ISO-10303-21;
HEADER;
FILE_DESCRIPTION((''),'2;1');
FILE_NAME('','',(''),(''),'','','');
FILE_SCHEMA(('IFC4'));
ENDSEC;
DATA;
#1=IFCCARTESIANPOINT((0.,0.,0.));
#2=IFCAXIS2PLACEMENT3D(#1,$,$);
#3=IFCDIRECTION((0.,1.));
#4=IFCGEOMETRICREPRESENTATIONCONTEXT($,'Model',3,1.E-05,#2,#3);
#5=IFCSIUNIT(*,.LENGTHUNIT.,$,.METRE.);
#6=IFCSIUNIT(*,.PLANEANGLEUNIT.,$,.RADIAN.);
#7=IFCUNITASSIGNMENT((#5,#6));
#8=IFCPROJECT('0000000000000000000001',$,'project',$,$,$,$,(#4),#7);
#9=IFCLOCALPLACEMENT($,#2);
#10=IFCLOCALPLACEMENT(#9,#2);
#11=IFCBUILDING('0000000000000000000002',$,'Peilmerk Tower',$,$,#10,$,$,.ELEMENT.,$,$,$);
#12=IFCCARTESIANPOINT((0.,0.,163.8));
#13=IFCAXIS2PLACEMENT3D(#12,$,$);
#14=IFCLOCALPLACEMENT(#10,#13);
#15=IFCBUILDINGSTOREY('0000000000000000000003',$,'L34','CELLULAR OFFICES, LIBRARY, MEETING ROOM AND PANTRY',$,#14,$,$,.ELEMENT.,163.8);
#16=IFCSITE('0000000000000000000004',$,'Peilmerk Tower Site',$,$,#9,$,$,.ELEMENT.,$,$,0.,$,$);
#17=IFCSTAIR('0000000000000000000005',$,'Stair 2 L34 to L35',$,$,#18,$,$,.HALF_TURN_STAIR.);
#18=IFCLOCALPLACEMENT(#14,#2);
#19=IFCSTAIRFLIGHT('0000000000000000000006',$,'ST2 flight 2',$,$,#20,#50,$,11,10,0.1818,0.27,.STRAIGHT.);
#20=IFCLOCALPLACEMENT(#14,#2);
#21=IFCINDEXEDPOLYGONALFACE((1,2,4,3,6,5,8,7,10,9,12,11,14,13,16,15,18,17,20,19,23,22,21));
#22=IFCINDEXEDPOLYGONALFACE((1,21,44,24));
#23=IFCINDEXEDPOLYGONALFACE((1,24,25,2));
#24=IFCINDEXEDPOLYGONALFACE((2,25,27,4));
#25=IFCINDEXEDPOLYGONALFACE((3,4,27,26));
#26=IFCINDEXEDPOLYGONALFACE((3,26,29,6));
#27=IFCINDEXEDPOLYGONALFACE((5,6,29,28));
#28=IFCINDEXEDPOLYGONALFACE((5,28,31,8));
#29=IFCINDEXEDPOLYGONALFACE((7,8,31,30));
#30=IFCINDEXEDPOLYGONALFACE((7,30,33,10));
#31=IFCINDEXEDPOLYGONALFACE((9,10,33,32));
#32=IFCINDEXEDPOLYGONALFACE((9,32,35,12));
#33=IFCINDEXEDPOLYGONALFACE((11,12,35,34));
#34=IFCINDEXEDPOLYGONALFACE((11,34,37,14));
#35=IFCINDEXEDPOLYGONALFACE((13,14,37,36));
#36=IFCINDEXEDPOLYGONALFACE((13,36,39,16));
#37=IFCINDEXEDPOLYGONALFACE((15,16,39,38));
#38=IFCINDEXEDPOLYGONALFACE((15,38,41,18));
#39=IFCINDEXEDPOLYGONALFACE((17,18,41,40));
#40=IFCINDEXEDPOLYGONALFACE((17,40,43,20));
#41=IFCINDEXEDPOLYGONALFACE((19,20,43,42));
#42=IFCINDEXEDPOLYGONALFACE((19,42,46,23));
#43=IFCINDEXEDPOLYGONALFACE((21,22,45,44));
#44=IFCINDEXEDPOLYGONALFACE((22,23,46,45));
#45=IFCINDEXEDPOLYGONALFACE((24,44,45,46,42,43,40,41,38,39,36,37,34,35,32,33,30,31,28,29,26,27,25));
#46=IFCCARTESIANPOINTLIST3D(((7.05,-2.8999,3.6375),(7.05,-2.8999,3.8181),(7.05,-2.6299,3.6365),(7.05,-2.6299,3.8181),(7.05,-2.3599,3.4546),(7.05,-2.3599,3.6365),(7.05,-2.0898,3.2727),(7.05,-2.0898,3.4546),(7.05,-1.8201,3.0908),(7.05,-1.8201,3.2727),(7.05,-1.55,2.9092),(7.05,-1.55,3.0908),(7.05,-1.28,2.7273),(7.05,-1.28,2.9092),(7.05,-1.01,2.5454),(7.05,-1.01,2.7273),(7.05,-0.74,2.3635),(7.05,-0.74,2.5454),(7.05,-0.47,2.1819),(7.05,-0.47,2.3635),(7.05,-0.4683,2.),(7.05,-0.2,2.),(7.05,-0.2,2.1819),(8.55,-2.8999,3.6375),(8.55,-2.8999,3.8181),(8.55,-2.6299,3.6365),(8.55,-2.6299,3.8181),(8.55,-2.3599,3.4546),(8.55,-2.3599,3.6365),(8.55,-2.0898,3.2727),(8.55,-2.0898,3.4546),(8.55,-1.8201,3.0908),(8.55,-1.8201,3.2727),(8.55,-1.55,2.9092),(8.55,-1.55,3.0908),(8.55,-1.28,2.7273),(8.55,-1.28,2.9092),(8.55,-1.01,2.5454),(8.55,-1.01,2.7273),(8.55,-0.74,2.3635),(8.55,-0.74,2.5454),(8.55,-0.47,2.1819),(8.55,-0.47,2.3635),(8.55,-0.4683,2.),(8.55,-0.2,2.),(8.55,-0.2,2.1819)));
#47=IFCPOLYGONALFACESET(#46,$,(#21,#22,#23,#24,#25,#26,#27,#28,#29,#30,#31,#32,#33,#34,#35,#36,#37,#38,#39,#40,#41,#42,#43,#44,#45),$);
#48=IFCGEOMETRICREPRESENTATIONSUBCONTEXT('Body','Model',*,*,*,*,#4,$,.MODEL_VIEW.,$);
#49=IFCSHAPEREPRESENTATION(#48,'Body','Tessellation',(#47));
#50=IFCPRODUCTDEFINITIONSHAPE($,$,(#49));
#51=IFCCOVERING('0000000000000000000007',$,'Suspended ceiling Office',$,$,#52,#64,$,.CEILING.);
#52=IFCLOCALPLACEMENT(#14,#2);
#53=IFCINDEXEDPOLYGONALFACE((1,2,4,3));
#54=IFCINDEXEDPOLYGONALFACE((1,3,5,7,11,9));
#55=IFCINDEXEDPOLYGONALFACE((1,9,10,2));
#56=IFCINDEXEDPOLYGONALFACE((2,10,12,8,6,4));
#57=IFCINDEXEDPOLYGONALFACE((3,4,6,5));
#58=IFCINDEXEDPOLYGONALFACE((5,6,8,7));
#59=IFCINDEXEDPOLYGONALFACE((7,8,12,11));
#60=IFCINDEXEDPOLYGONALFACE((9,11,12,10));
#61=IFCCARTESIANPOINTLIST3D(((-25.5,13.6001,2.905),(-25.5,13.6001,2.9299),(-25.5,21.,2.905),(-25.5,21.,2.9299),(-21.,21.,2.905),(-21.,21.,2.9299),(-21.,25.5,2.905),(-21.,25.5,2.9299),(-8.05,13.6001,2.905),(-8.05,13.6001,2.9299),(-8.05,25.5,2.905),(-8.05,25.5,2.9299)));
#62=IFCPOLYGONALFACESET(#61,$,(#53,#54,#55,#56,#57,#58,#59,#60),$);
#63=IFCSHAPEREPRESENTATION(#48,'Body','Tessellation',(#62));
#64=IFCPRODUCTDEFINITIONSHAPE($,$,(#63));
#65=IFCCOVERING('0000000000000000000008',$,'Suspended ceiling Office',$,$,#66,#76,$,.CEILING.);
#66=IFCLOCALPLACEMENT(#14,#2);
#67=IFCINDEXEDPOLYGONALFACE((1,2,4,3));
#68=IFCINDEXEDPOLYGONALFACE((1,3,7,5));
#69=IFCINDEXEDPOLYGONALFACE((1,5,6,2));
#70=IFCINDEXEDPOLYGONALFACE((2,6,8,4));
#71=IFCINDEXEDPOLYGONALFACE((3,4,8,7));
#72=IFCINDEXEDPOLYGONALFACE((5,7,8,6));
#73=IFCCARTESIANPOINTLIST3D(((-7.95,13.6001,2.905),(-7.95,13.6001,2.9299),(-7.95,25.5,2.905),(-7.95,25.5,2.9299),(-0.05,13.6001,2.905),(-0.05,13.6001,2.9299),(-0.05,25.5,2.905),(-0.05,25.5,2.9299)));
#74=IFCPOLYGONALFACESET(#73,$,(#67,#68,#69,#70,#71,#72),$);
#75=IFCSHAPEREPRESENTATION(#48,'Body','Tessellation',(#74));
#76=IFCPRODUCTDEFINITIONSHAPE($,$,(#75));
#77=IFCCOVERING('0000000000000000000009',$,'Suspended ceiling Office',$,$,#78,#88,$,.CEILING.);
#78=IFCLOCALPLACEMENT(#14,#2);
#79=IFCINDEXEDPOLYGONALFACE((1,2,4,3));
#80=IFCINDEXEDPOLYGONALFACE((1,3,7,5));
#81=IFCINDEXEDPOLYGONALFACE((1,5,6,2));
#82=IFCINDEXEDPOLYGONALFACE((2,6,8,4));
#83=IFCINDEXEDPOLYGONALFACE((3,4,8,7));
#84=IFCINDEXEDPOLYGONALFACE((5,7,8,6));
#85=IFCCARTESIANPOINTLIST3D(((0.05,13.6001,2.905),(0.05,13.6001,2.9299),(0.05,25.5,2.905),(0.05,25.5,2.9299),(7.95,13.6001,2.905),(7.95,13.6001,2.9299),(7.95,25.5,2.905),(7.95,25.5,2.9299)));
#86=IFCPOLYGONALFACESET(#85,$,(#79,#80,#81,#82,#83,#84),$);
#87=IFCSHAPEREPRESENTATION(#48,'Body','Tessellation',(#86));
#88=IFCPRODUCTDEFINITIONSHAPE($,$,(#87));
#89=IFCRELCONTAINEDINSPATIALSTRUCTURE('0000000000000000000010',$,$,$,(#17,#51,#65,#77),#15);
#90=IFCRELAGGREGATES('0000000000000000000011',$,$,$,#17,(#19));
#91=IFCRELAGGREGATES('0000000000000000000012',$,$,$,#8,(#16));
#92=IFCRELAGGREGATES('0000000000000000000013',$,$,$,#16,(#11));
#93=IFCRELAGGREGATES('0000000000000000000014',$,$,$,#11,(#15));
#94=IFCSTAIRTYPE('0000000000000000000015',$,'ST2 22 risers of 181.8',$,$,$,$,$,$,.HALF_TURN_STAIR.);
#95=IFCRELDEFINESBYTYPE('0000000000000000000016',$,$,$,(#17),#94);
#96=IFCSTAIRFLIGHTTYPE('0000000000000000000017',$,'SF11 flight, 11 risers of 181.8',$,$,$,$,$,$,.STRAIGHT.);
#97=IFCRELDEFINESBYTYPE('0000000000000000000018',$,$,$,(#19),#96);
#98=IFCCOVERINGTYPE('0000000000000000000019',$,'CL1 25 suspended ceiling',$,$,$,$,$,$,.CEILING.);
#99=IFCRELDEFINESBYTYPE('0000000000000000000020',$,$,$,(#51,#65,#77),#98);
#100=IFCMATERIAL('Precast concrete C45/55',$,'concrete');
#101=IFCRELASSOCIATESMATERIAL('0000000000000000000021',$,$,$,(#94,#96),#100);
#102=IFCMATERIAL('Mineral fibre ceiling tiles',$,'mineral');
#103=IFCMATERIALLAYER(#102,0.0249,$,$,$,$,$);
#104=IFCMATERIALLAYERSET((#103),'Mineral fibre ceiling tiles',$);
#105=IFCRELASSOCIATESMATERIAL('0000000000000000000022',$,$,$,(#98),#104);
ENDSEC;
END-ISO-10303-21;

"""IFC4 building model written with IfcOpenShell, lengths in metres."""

from ifc_helpers import new_model, si_unit, direction, frame, origin, place, context, subcontext, project, spatial, polyline, outline, extrude, material, layer, layer_set, type_object, element, aggregate, save


model = new_model("IFC4")

# Units and contexts
model_context = context("Model", 3, precision=1e-05, world=origin(), true_north=direction((0.0, 1.0)))
body_context = subcontext(model_context, "Body", "Model", "MODEL_VIEW")
ifc_project = project(units=[si_unit("LENGTHUNIT", "METRE"), si_unit("PLANEANGLEUNIT", "RADIAN")], contexts=[model_context])

# Site, building, storey
site_placement = place(None, origin())
site = spatial("IfcSite", under=ifc_project, at=site_placement, Name="Peilmerk Tower Site", CompositionType="ELEMENT", RefElevation=0.0)
building_placement = place(site_placement, origin())
building = spatial("IfcBuilding", under=site, at=building_placement, Name="Peilmerk Tower", CompositionType="ELEMENT")
storey_placement = place(building_placement, frame((0.0, 0.0, 163.8)))
storey = spatial("IfcBuildingStorey", under=building, at=storey_placement, Name="L34", Description="CELLULAR OFFICES, LIBRARY, MEETING ROOM AND PANTRY", CompositionType="ELEMENT", Elevation=163.8)

# Stair
ifc_material_1 = material(Name="Precast concrete C45/55", Category="concrete")
stair_type_1 = type_object("IfcStairType", Name="ST2 22 risers of 181.8", PredefinedType="HALF_TURN_STAIR", material=ifc_material_1)
stair_1_placement = place(storey_placement, origin())
stair_1 = element("IfcStair", 1, at=stair_1_placement, inside=storey, type_object=stair_type_1, Name="Stair 2 L34 to L35", PredefinedType="HALF_TURN_STAIR")

# Stair flight
stair_flight_type = type_object("IfcStairFlightType", Name="SF11 flight, 11 risers of 181.8", PredefinedType="STRAIGHT", material=ifc_material_1)
stair_flight_1_placement = place(storey_placement, frame((7.8, -0.2, 2.0), z_axis=(0.0, 0.0, 1.0), x_axis=(0.0, -1.0, 0.0)))
stair_flight_1 = element("IfcStairFlight", 2, at=stair_flight_1_placement, type_object=stair_flight_type, Name="ST2 flight 2", NumberOfRisers=11, NumberOfTreads=10, PredefinedType="STRAIGHT", RiserHeight=0.1818, TreadLength=0.27, context=body_context, shape_type="SweptSolid", body=[
    extrude(outline(polyline([(0.0, 0.0), (0.0, 0.1819), (0.27, 0.1819), (0.27, 0.3635), (0.54, 0.3635), (0.54, 0.5454), (0.8101, 0.5454), (0.8101, 0.7273), (1.0801, 0.7273), (1.0801, 0.9092), (1.3501, 0.9092), (1.3501, 1.0908), (1.6201, 1.0908), (1.6201, 1.2727), (1.8899, 1.2727), (1.8899, 1.4546), (2.1599, 1.4546), (2.1599, 1.6365), (2.4299, 1.6365), (2.4299, 1.8181), (2.7, 1.8181), (2.7, 2.0), (2.7, 1.6375), (0.2683, 0.0), (0.0, 0.0)])), frame((0.0, 0.75, 0.0), z_axis=(0.0, -1.0, 0.0), x_axis=(1.0, 0.0, 0.0)), (0.0, 0.0, 1.0), 1.5),
])
aggregate(stair_1, [stair_flight_1])

# Coverings
ifc_material_2 = material(Name="Mineral fibre ceiling tiles", Category="mineral")
ifc_layer_1 = layer(ifc_material_2, 0.0249)
ifc_layer_set_1 = layer_set([ifc_layer_1], Name="Mineral fibre ceiling tiles")
covering_type = type_object("IfcCoveringType", Name="CL1 25 suspended ceiling", PredefinedType="CEILING", material=ifc_layer_set_1)
covering_1_placement = place(storey_placement, frame((0.0, 0.0, 2.905)))
element("IfcCovering", 3, at=covering_1_placement, inside=storey, type_object=covering_type, Name="Suspended ceiling Office", PredefinedType="CEILING", context=body_context, shape_type="SweptSolid", body=[
    extrude(outline(polyline([(-25.5, 21.0), (-25.5, 13.6001), (-8.05, 13.6001), (-8.05, 25.5), (-21.0, 25.5), (-21.0, 21.0), (-25.5, 21.0)])), origin(), (0.0, 0.0, 1.0), 0.0249),
])
covering_2_placement = place(storey_placement, frame((0.0, 0.0, 2.905)))
element("IfcCovering", 4, at=covering_2_placement, inside=storey, type_object=covering_type, Name="Suspended ceiling Office", PredefinedType="CEILING", context=body_context, shape_type="SweptSolid", body=[
    extrude(outline(polyline([(-0.05, 25.5), (-7.95, 25.5), (-7.95, 13.6001), (-0.05, 13.6001), (-0.05, 25.5)])), origin(), (0.0, 0.0, 1.0), 0.0249),
])
covering_3_placement = place(storey_placement, frame((0.0, 0.0, 2.905)))
element("IfcCovering", 5, at=covering_3_placement, inside=storey, type_object=covering_type, Name="Suspended ceiling Office", PredefinedType="CEILING", context=body_context, shape_type="SweptSolid", body=[
    extrude(outline(polyline([(7.95, 25.5), (0.05, 25.5), (0.05, 13.6001), (7.95, 13.6001), (7.95, 25.5)])), origin(), (0.0, 0.0, 1.0), 0.0249),
])

save(model, "model.ifc")
